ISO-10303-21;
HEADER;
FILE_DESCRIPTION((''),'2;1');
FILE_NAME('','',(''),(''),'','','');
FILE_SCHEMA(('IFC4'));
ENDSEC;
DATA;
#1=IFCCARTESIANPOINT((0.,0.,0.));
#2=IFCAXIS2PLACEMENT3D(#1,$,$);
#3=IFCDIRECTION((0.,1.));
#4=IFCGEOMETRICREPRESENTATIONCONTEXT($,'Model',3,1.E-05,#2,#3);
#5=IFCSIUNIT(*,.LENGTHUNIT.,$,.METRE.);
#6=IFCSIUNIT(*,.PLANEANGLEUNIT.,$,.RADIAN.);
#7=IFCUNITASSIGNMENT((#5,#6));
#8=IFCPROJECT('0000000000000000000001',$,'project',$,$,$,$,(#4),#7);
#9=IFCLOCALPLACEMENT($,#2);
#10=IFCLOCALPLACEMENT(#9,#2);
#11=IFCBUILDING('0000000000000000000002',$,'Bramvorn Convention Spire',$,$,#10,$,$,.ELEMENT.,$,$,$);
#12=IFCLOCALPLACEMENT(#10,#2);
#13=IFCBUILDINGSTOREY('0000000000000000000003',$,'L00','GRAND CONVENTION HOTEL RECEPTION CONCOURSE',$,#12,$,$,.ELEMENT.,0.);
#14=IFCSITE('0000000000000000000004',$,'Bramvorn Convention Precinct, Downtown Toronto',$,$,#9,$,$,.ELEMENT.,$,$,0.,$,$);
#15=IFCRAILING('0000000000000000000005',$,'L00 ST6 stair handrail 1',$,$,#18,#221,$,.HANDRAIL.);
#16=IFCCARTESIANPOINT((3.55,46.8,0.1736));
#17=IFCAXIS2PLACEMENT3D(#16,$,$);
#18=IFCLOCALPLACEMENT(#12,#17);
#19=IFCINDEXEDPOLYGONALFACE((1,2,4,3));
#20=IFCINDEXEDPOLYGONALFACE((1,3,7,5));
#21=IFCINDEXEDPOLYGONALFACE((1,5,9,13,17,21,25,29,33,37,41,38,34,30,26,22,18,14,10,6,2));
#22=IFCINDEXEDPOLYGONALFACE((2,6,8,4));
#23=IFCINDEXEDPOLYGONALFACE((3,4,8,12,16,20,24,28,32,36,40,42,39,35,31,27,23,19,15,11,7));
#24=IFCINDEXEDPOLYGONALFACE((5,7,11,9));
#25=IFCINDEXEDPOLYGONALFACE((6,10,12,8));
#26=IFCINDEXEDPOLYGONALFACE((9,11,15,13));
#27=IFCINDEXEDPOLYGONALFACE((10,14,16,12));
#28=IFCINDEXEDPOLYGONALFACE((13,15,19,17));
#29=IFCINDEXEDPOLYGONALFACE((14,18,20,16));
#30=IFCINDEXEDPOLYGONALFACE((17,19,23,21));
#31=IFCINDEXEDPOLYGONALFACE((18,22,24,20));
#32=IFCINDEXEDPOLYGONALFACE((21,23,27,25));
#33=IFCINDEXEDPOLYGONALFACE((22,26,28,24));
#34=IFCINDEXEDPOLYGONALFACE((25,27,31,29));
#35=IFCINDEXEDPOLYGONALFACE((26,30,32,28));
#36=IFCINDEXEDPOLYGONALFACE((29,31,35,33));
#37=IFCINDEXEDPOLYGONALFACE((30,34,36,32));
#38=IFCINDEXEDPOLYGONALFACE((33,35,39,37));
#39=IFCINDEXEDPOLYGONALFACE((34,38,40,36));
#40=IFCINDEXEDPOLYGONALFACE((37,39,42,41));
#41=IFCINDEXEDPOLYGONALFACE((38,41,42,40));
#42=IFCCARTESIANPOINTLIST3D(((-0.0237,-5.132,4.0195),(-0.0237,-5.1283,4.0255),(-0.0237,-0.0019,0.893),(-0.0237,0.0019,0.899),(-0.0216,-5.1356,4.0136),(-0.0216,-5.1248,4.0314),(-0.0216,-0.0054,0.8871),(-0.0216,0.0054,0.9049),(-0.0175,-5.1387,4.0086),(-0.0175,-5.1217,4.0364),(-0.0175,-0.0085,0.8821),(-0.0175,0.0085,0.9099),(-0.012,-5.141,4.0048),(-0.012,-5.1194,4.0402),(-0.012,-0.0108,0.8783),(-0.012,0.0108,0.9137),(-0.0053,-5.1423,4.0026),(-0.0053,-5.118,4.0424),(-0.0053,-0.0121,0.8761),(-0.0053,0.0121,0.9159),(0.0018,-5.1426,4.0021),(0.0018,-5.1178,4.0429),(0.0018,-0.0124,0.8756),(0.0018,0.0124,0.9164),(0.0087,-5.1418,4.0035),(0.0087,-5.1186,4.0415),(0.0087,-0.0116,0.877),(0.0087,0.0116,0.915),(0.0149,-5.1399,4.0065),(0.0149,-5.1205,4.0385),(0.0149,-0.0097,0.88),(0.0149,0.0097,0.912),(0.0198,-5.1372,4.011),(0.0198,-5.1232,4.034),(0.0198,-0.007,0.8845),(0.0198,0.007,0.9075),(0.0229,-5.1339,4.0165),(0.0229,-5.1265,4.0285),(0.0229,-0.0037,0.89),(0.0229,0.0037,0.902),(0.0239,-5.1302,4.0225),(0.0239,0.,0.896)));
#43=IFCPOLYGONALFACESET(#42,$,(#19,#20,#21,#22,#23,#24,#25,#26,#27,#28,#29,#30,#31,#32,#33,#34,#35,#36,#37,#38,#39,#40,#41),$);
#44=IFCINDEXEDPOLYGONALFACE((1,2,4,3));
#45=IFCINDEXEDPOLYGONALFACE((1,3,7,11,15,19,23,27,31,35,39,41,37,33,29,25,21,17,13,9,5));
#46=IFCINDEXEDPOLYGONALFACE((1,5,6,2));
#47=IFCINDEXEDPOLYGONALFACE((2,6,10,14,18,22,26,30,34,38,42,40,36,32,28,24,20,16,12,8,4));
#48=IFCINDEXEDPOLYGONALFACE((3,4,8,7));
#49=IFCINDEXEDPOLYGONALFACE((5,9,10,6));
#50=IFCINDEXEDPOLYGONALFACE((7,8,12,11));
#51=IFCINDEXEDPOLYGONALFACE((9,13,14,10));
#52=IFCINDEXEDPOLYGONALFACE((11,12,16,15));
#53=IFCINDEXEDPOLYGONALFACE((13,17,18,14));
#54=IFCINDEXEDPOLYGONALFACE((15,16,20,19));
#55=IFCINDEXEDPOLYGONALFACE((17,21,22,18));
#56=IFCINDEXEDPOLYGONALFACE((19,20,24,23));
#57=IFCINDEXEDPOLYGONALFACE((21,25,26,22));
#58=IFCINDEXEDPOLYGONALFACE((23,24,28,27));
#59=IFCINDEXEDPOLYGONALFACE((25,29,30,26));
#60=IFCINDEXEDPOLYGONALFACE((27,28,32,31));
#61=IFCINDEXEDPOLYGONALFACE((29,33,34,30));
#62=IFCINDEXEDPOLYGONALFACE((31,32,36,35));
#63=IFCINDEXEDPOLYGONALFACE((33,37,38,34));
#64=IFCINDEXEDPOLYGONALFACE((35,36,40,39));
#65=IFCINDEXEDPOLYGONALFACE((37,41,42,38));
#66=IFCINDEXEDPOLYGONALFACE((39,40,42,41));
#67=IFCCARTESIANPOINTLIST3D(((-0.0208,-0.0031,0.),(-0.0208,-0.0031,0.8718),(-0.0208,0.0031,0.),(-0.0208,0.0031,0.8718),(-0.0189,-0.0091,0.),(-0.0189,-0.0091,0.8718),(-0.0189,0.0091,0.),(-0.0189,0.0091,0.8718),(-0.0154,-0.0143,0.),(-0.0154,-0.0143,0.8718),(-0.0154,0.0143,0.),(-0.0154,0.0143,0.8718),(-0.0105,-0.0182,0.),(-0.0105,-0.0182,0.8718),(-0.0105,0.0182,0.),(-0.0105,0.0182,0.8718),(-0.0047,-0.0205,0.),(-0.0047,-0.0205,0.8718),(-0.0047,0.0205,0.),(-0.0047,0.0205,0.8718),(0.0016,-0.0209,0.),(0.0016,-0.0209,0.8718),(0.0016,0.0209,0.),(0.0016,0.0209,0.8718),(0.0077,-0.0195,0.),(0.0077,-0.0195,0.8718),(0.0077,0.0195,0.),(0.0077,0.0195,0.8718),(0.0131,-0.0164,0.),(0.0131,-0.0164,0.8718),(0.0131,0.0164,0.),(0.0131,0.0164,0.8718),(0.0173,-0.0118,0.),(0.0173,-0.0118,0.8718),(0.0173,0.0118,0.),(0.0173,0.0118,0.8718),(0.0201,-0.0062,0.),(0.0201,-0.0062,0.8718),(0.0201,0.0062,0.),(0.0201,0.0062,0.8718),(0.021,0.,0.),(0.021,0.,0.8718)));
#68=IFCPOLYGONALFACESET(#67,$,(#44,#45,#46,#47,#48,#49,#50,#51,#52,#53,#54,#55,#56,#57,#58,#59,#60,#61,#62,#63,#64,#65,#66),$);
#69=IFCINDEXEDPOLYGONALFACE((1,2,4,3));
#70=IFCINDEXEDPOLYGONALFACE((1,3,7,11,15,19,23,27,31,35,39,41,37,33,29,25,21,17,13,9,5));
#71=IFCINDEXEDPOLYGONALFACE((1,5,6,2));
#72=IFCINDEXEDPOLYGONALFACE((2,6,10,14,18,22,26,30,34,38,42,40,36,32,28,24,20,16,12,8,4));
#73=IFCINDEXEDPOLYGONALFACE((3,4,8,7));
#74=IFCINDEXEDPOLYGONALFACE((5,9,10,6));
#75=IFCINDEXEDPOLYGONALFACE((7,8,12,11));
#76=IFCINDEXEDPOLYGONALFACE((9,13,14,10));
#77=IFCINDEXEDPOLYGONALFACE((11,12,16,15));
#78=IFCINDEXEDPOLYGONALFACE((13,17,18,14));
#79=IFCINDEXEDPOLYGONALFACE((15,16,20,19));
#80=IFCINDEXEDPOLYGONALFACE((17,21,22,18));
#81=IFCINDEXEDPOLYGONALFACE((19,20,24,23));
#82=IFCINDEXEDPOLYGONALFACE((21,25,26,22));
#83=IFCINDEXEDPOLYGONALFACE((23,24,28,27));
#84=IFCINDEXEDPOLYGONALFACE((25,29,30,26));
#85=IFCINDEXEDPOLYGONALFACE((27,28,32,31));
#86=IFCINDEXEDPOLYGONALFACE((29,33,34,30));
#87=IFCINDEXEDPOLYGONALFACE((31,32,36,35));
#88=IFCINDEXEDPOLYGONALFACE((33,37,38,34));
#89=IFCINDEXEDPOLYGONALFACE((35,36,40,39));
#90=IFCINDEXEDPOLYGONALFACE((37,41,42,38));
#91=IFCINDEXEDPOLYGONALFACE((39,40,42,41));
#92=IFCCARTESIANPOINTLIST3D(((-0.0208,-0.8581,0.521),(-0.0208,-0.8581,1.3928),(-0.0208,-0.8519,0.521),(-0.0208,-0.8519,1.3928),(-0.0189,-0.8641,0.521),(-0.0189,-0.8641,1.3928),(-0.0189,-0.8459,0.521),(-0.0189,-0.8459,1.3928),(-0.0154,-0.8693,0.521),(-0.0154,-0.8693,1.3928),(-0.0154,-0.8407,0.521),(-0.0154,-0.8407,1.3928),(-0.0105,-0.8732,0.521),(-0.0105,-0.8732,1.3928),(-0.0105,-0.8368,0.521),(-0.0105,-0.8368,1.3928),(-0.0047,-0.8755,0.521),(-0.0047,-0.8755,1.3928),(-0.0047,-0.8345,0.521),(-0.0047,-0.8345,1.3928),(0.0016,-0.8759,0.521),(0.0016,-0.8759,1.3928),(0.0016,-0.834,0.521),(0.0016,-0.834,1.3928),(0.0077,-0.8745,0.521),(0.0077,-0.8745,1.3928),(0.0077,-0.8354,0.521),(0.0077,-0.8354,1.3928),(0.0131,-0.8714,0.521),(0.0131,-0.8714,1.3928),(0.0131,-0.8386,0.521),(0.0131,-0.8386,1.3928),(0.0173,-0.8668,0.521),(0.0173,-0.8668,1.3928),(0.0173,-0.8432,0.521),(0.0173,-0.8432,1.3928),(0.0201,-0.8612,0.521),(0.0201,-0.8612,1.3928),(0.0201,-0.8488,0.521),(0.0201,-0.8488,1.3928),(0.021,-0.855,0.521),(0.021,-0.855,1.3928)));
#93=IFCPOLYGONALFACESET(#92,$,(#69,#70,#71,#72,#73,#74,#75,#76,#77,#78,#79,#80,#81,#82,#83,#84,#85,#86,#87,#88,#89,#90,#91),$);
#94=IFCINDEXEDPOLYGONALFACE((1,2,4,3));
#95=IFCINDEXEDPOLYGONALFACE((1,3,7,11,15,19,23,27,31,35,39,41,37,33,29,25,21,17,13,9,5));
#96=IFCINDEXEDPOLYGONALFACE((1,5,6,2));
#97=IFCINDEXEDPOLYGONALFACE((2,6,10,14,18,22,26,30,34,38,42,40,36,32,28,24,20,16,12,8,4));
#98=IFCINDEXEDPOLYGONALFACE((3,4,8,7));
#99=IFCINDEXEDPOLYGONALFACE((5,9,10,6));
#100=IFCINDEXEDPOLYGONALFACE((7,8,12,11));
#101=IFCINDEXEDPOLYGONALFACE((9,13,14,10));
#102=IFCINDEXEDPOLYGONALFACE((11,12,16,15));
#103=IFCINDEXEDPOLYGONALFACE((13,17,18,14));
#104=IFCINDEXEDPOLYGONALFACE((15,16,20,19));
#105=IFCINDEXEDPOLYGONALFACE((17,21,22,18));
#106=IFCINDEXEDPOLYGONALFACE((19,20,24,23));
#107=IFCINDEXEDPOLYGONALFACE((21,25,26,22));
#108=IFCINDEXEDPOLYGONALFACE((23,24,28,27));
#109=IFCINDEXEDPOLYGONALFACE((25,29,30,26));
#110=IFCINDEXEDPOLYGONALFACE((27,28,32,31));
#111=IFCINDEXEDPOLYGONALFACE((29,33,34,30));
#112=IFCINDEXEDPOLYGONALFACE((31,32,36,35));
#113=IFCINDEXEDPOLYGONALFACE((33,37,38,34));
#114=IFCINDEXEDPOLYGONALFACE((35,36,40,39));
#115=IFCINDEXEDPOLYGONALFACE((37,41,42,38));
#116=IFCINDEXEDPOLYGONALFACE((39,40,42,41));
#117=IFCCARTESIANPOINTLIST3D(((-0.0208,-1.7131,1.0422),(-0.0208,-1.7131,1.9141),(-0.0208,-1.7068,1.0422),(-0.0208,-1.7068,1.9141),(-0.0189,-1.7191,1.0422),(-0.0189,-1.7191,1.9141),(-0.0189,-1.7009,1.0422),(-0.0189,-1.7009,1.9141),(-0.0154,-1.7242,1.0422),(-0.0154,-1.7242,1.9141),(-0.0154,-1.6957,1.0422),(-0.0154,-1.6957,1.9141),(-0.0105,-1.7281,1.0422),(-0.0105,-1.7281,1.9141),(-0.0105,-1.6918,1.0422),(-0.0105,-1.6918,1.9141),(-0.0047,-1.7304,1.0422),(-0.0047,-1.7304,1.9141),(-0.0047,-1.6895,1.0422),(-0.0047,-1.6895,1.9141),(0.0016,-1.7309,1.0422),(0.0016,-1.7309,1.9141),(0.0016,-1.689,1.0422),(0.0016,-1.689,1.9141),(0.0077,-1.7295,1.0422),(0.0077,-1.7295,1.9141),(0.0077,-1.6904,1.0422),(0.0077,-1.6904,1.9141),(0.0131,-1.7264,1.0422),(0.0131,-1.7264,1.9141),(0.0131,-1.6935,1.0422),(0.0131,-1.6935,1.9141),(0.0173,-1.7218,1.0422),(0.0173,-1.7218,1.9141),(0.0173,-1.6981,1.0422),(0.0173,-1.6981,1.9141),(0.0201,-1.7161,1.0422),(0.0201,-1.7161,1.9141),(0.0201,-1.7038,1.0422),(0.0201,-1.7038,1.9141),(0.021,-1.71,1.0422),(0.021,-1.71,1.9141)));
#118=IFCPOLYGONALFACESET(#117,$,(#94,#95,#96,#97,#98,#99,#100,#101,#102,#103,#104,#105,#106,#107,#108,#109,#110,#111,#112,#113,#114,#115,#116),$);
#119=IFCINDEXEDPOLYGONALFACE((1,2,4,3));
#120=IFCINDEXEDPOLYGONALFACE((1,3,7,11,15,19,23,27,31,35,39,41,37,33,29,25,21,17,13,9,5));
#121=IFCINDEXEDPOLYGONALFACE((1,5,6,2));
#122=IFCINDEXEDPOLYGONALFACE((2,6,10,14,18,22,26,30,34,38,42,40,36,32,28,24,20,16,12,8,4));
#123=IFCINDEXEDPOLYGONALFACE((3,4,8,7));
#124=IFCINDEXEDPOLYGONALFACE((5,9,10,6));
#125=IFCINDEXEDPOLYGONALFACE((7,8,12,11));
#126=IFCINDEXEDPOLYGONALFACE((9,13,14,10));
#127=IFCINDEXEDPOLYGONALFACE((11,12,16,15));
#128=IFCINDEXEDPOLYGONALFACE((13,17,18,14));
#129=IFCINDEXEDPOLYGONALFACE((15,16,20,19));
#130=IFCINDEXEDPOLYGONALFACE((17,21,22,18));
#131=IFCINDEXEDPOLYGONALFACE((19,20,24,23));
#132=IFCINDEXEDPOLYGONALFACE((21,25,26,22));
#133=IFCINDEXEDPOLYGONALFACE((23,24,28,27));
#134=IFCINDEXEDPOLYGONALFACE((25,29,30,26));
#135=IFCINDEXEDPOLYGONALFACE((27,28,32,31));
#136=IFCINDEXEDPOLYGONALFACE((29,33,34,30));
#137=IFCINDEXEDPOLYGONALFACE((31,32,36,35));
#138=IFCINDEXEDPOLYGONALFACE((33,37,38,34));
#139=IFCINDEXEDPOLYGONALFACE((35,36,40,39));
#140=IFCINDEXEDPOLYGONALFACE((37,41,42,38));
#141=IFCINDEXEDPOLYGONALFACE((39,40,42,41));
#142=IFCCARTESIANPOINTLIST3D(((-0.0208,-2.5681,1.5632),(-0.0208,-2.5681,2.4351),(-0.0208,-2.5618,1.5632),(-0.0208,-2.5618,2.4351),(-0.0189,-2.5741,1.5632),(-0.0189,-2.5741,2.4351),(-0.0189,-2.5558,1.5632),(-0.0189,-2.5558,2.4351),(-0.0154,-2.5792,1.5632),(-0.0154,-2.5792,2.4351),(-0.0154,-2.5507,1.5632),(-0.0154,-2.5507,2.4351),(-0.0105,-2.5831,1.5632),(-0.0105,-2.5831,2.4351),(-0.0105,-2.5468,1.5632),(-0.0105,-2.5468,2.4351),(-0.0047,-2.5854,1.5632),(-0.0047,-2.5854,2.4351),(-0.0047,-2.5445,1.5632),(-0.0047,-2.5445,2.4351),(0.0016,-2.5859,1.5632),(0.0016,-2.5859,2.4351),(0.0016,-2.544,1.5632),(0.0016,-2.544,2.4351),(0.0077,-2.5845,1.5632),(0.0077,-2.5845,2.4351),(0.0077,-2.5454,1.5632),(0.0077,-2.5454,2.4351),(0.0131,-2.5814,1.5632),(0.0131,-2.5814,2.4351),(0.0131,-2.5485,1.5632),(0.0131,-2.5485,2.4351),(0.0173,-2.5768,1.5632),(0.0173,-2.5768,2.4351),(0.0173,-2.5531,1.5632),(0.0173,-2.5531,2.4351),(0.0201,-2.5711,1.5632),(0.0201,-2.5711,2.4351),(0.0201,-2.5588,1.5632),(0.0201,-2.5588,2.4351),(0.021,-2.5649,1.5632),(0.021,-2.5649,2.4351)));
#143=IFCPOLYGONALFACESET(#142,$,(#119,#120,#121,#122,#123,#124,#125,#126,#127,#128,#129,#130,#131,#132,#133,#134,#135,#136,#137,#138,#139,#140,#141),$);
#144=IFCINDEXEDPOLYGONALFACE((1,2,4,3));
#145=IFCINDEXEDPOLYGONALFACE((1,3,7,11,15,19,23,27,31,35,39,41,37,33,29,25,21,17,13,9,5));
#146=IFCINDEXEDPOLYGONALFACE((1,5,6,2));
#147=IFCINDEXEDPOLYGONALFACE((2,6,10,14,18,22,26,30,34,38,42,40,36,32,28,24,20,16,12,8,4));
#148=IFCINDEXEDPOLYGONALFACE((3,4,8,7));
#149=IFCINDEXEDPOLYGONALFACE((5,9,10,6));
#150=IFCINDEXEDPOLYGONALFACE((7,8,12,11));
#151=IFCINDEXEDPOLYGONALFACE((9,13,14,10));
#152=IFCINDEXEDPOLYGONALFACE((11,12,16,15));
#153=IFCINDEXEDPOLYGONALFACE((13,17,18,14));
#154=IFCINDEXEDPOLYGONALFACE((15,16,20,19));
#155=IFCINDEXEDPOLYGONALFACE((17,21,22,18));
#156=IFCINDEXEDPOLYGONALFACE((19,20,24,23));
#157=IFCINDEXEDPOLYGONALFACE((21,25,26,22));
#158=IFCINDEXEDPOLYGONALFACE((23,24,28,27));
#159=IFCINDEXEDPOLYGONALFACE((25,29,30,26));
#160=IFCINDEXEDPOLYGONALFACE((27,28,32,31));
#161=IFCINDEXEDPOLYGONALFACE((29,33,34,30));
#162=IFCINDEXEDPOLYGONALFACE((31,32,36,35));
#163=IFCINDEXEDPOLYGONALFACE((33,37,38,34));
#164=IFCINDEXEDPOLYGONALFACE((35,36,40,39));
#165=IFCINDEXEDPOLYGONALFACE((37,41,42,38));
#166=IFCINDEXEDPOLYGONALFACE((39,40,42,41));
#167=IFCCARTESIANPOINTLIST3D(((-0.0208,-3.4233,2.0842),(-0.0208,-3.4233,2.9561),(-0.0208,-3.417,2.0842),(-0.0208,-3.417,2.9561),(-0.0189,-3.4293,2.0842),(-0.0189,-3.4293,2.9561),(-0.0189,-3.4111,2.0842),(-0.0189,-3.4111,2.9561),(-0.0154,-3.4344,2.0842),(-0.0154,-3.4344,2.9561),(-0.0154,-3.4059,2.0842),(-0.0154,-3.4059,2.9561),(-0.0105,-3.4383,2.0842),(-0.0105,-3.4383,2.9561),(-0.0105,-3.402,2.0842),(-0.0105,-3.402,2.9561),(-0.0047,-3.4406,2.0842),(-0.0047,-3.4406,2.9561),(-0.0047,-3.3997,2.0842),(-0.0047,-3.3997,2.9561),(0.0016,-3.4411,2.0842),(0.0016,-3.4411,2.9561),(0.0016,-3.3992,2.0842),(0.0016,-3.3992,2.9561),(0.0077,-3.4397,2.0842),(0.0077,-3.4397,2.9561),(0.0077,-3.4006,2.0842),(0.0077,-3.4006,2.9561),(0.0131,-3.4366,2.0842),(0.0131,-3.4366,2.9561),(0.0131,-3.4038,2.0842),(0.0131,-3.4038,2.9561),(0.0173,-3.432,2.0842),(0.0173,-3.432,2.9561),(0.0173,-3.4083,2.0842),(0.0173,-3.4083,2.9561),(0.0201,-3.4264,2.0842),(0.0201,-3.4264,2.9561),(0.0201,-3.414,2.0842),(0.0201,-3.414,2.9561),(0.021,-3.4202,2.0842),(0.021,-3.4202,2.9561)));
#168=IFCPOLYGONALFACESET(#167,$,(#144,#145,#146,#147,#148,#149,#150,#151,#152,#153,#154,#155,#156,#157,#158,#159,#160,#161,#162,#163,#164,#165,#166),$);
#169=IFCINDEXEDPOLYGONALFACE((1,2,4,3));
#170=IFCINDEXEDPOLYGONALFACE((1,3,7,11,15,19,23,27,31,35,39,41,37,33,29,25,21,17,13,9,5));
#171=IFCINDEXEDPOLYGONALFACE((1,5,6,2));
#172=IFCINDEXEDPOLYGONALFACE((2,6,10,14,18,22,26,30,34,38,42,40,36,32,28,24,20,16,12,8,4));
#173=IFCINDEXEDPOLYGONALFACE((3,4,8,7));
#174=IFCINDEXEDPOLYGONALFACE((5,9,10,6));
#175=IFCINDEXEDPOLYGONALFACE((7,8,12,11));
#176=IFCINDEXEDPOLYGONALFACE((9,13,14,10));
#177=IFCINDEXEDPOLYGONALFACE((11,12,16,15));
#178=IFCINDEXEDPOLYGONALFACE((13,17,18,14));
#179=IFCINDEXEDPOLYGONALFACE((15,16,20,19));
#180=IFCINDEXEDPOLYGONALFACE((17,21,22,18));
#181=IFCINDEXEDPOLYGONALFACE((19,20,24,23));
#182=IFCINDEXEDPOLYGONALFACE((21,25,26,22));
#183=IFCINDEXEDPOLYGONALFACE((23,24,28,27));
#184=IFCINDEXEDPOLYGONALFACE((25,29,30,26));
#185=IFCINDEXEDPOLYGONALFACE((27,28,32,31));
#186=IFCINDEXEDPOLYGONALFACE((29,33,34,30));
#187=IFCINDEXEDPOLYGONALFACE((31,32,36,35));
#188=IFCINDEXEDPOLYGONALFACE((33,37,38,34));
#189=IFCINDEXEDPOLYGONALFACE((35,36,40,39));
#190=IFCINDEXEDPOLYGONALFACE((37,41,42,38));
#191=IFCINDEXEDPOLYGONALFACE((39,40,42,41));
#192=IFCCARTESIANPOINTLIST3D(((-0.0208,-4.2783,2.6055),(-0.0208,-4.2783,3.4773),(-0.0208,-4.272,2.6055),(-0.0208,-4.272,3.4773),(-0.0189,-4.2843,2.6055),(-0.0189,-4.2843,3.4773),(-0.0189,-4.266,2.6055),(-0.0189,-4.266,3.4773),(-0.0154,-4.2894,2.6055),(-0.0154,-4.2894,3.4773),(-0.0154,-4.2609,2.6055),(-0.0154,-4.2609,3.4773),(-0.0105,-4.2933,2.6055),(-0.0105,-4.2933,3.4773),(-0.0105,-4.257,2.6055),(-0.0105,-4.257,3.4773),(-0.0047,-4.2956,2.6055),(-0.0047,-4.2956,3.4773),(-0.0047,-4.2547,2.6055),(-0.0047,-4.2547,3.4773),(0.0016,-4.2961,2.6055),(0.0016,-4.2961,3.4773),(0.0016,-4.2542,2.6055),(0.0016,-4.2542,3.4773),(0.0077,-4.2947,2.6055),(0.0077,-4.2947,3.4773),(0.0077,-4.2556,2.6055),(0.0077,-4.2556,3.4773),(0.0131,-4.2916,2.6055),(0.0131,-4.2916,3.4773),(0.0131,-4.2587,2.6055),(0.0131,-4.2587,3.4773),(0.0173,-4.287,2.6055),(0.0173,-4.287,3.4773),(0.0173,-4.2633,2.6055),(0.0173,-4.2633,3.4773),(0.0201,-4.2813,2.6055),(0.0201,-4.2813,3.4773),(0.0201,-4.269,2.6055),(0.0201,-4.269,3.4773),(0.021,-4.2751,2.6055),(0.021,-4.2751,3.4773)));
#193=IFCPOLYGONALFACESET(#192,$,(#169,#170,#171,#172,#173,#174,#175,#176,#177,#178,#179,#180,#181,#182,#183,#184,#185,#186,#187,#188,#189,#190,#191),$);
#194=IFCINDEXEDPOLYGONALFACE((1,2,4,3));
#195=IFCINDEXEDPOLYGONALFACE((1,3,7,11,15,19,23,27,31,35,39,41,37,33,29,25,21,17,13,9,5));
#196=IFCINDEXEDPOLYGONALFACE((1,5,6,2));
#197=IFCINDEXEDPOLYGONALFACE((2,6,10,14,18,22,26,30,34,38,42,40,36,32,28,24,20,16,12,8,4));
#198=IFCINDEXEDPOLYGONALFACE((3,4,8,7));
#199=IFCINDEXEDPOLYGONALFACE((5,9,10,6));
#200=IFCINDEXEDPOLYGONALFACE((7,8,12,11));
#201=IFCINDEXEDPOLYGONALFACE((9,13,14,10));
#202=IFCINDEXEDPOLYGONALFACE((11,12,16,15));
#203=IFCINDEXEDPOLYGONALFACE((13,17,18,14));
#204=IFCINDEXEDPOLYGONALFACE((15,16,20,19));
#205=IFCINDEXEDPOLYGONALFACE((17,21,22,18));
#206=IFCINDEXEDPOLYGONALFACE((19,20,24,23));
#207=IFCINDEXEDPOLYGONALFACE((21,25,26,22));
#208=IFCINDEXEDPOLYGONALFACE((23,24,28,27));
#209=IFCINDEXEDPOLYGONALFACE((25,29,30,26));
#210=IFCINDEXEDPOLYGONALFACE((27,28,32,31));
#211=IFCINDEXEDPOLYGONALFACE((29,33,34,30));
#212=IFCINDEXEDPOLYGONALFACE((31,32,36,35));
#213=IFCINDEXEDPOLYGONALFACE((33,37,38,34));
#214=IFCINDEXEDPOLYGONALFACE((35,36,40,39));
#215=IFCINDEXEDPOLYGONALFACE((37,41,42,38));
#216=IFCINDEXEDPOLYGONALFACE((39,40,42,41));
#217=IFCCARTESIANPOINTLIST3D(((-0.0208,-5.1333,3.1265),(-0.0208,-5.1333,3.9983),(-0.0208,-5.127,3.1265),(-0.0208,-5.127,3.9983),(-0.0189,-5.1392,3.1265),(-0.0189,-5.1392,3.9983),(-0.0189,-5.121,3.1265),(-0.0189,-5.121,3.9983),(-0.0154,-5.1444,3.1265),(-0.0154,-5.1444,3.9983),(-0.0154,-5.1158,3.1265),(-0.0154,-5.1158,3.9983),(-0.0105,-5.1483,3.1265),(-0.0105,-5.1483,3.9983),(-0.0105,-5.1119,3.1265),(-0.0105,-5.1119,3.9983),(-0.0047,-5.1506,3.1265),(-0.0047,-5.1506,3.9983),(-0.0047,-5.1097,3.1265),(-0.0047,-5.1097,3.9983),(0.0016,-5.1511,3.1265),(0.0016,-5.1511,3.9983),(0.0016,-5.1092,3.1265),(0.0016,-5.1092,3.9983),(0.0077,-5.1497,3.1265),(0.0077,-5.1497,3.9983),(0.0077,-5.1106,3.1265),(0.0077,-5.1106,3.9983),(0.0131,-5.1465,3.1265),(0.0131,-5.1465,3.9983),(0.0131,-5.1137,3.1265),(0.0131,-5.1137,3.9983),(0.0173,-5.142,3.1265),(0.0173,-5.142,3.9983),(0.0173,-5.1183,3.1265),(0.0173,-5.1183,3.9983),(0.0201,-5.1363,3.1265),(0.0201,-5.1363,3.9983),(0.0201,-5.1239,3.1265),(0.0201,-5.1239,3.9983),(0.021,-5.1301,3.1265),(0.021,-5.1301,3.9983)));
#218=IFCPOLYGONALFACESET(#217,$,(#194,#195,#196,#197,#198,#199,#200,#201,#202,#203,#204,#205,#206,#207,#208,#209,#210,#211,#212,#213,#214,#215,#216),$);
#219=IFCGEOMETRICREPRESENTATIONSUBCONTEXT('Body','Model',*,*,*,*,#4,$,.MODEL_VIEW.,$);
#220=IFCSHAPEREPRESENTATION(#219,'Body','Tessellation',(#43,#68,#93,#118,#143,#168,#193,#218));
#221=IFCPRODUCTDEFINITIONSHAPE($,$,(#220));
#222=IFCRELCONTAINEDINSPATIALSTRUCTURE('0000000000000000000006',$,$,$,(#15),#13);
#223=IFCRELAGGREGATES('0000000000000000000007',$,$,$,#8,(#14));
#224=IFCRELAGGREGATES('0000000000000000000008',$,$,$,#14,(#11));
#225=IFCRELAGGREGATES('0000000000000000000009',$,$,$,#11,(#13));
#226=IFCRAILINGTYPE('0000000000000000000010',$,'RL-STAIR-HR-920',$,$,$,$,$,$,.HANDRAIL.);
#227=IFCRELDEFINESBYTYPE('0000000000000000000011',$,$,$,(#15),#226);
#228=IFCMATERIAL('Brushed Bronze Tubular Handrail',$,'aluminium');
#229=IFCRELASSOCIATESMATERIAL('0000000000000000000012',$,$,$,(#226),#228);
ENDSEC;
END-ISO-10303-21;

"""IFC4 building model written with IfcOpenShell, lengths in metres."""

from ifc_helpers import new_model, si_unit, direction, frame, origin, origin_2d, place, context, subcontext, project, spatial, circle, extrude, material, type_object, element, save


model = new_model("IFC4")

# Units and contexts
model_context = context("Model", 3, precision=1e-05, world=origin(), true_north=direction((0.0, 1.0)))
body_context = subcontext(model_context, "Body", "Model", "MODEL_VIEW")
ifc_project = project(units=[si_unit("LENGTHUNIT", "METRE"), si_unit("PLANEANGLEUNIT", "RADIAN")], contexts=[model_context])

# Site, building, storey
site_placement = place(None, origin())
site = spatial("IfcSite", under=ifc_project, at=site_placement, Name="Bramvorn Convention Precinct, Downtown Toronto", CompositionType="ELEMENT", RefElevation=0.0)
building_placement = place(site_placement, origin())
building = spatial("IfcBuilding", under=site, at=building_placement, Name="Bramvorn Convention Spire", CompositionType="ELEMENT")
storey_placement = place(building_placement, origin())
storey = spatial("IfcBuildingStorey", under=building, at=storey_placement, Name="L00", Description="GRAND CONVENTION HOTEL RECEPTION CONCOURSE", CompositionType="ELEMENT", Elevation=0.0)

# Railing
ifc_material_1 = material(Name="Brushed Bronze Tubular Handrail", Category="aluminium")
railing_type_1 = type_object("IfcRailingType", Name="RL-STAIR-HR-920", PredefinedType="HANDRAIL", material=ifc_material_1)
railing_1_placement = place(storey_placement, frame((3.55, 46.8, 0.1736)))
element("IfcRailing", 1, at=railing_1_placement, inside=storey, type_object=railing_type_1, Name="L00 ST6 stair handrail 1", PredefinedType="HANDRAIL", context=body_context, shape_type="SweptSolid", body=[
    extrude(circle(Radius=0.0239, at=origin_2d()), frame((0.0, 0.0, 0.896), z_axis=(0.0, -0.853919, 0.520406), x_axis=(1.0, 0.0, 0.0)), (0.0, 0.0, 1.0), 6.0078),
    extrude(circle(Radius=0.021, at=origin_2d()), origin(), (0.0, 0.0, 1.0), 0.8718),
    extrude(circle(Radius=0.021, at=origin_2d()), frame((0.0, -0.855, 0.521)), (0.0, 0.0, 1.0), 0.8718),
    extrude(circle(Radius=0.021, at=origin_2d()), frame((0.0, -1.71, 1.0422)), (0.0, 0.0, 1.0), 0.8718),
    extrude(circle(Radius=0.021, at=origin_2d()), frame((0.0, -2.5649, 1.5632)), (0.0, 0.0, 1.0), 0.8718),
    extrude(circle(Radius=0.021, at=origin_2d()), frame((0.0, -3.4202, 2.0842)), (0.0, 0.0, 1.0), 0.8718),
    extrude(circle(Radius=0.021, at=origin_2d()), frame((0.0, -4.2751, 2.6055)), (0.0, 0.0, 1.0), 0.8718),
    extrude(circle(Radius=0.021, at=origin_2d()), frame((0.0, -5.1301, 3.1265)), (0.0, 0.0, 1.0), 0.8718),
])

save(model, "model.ifc")
